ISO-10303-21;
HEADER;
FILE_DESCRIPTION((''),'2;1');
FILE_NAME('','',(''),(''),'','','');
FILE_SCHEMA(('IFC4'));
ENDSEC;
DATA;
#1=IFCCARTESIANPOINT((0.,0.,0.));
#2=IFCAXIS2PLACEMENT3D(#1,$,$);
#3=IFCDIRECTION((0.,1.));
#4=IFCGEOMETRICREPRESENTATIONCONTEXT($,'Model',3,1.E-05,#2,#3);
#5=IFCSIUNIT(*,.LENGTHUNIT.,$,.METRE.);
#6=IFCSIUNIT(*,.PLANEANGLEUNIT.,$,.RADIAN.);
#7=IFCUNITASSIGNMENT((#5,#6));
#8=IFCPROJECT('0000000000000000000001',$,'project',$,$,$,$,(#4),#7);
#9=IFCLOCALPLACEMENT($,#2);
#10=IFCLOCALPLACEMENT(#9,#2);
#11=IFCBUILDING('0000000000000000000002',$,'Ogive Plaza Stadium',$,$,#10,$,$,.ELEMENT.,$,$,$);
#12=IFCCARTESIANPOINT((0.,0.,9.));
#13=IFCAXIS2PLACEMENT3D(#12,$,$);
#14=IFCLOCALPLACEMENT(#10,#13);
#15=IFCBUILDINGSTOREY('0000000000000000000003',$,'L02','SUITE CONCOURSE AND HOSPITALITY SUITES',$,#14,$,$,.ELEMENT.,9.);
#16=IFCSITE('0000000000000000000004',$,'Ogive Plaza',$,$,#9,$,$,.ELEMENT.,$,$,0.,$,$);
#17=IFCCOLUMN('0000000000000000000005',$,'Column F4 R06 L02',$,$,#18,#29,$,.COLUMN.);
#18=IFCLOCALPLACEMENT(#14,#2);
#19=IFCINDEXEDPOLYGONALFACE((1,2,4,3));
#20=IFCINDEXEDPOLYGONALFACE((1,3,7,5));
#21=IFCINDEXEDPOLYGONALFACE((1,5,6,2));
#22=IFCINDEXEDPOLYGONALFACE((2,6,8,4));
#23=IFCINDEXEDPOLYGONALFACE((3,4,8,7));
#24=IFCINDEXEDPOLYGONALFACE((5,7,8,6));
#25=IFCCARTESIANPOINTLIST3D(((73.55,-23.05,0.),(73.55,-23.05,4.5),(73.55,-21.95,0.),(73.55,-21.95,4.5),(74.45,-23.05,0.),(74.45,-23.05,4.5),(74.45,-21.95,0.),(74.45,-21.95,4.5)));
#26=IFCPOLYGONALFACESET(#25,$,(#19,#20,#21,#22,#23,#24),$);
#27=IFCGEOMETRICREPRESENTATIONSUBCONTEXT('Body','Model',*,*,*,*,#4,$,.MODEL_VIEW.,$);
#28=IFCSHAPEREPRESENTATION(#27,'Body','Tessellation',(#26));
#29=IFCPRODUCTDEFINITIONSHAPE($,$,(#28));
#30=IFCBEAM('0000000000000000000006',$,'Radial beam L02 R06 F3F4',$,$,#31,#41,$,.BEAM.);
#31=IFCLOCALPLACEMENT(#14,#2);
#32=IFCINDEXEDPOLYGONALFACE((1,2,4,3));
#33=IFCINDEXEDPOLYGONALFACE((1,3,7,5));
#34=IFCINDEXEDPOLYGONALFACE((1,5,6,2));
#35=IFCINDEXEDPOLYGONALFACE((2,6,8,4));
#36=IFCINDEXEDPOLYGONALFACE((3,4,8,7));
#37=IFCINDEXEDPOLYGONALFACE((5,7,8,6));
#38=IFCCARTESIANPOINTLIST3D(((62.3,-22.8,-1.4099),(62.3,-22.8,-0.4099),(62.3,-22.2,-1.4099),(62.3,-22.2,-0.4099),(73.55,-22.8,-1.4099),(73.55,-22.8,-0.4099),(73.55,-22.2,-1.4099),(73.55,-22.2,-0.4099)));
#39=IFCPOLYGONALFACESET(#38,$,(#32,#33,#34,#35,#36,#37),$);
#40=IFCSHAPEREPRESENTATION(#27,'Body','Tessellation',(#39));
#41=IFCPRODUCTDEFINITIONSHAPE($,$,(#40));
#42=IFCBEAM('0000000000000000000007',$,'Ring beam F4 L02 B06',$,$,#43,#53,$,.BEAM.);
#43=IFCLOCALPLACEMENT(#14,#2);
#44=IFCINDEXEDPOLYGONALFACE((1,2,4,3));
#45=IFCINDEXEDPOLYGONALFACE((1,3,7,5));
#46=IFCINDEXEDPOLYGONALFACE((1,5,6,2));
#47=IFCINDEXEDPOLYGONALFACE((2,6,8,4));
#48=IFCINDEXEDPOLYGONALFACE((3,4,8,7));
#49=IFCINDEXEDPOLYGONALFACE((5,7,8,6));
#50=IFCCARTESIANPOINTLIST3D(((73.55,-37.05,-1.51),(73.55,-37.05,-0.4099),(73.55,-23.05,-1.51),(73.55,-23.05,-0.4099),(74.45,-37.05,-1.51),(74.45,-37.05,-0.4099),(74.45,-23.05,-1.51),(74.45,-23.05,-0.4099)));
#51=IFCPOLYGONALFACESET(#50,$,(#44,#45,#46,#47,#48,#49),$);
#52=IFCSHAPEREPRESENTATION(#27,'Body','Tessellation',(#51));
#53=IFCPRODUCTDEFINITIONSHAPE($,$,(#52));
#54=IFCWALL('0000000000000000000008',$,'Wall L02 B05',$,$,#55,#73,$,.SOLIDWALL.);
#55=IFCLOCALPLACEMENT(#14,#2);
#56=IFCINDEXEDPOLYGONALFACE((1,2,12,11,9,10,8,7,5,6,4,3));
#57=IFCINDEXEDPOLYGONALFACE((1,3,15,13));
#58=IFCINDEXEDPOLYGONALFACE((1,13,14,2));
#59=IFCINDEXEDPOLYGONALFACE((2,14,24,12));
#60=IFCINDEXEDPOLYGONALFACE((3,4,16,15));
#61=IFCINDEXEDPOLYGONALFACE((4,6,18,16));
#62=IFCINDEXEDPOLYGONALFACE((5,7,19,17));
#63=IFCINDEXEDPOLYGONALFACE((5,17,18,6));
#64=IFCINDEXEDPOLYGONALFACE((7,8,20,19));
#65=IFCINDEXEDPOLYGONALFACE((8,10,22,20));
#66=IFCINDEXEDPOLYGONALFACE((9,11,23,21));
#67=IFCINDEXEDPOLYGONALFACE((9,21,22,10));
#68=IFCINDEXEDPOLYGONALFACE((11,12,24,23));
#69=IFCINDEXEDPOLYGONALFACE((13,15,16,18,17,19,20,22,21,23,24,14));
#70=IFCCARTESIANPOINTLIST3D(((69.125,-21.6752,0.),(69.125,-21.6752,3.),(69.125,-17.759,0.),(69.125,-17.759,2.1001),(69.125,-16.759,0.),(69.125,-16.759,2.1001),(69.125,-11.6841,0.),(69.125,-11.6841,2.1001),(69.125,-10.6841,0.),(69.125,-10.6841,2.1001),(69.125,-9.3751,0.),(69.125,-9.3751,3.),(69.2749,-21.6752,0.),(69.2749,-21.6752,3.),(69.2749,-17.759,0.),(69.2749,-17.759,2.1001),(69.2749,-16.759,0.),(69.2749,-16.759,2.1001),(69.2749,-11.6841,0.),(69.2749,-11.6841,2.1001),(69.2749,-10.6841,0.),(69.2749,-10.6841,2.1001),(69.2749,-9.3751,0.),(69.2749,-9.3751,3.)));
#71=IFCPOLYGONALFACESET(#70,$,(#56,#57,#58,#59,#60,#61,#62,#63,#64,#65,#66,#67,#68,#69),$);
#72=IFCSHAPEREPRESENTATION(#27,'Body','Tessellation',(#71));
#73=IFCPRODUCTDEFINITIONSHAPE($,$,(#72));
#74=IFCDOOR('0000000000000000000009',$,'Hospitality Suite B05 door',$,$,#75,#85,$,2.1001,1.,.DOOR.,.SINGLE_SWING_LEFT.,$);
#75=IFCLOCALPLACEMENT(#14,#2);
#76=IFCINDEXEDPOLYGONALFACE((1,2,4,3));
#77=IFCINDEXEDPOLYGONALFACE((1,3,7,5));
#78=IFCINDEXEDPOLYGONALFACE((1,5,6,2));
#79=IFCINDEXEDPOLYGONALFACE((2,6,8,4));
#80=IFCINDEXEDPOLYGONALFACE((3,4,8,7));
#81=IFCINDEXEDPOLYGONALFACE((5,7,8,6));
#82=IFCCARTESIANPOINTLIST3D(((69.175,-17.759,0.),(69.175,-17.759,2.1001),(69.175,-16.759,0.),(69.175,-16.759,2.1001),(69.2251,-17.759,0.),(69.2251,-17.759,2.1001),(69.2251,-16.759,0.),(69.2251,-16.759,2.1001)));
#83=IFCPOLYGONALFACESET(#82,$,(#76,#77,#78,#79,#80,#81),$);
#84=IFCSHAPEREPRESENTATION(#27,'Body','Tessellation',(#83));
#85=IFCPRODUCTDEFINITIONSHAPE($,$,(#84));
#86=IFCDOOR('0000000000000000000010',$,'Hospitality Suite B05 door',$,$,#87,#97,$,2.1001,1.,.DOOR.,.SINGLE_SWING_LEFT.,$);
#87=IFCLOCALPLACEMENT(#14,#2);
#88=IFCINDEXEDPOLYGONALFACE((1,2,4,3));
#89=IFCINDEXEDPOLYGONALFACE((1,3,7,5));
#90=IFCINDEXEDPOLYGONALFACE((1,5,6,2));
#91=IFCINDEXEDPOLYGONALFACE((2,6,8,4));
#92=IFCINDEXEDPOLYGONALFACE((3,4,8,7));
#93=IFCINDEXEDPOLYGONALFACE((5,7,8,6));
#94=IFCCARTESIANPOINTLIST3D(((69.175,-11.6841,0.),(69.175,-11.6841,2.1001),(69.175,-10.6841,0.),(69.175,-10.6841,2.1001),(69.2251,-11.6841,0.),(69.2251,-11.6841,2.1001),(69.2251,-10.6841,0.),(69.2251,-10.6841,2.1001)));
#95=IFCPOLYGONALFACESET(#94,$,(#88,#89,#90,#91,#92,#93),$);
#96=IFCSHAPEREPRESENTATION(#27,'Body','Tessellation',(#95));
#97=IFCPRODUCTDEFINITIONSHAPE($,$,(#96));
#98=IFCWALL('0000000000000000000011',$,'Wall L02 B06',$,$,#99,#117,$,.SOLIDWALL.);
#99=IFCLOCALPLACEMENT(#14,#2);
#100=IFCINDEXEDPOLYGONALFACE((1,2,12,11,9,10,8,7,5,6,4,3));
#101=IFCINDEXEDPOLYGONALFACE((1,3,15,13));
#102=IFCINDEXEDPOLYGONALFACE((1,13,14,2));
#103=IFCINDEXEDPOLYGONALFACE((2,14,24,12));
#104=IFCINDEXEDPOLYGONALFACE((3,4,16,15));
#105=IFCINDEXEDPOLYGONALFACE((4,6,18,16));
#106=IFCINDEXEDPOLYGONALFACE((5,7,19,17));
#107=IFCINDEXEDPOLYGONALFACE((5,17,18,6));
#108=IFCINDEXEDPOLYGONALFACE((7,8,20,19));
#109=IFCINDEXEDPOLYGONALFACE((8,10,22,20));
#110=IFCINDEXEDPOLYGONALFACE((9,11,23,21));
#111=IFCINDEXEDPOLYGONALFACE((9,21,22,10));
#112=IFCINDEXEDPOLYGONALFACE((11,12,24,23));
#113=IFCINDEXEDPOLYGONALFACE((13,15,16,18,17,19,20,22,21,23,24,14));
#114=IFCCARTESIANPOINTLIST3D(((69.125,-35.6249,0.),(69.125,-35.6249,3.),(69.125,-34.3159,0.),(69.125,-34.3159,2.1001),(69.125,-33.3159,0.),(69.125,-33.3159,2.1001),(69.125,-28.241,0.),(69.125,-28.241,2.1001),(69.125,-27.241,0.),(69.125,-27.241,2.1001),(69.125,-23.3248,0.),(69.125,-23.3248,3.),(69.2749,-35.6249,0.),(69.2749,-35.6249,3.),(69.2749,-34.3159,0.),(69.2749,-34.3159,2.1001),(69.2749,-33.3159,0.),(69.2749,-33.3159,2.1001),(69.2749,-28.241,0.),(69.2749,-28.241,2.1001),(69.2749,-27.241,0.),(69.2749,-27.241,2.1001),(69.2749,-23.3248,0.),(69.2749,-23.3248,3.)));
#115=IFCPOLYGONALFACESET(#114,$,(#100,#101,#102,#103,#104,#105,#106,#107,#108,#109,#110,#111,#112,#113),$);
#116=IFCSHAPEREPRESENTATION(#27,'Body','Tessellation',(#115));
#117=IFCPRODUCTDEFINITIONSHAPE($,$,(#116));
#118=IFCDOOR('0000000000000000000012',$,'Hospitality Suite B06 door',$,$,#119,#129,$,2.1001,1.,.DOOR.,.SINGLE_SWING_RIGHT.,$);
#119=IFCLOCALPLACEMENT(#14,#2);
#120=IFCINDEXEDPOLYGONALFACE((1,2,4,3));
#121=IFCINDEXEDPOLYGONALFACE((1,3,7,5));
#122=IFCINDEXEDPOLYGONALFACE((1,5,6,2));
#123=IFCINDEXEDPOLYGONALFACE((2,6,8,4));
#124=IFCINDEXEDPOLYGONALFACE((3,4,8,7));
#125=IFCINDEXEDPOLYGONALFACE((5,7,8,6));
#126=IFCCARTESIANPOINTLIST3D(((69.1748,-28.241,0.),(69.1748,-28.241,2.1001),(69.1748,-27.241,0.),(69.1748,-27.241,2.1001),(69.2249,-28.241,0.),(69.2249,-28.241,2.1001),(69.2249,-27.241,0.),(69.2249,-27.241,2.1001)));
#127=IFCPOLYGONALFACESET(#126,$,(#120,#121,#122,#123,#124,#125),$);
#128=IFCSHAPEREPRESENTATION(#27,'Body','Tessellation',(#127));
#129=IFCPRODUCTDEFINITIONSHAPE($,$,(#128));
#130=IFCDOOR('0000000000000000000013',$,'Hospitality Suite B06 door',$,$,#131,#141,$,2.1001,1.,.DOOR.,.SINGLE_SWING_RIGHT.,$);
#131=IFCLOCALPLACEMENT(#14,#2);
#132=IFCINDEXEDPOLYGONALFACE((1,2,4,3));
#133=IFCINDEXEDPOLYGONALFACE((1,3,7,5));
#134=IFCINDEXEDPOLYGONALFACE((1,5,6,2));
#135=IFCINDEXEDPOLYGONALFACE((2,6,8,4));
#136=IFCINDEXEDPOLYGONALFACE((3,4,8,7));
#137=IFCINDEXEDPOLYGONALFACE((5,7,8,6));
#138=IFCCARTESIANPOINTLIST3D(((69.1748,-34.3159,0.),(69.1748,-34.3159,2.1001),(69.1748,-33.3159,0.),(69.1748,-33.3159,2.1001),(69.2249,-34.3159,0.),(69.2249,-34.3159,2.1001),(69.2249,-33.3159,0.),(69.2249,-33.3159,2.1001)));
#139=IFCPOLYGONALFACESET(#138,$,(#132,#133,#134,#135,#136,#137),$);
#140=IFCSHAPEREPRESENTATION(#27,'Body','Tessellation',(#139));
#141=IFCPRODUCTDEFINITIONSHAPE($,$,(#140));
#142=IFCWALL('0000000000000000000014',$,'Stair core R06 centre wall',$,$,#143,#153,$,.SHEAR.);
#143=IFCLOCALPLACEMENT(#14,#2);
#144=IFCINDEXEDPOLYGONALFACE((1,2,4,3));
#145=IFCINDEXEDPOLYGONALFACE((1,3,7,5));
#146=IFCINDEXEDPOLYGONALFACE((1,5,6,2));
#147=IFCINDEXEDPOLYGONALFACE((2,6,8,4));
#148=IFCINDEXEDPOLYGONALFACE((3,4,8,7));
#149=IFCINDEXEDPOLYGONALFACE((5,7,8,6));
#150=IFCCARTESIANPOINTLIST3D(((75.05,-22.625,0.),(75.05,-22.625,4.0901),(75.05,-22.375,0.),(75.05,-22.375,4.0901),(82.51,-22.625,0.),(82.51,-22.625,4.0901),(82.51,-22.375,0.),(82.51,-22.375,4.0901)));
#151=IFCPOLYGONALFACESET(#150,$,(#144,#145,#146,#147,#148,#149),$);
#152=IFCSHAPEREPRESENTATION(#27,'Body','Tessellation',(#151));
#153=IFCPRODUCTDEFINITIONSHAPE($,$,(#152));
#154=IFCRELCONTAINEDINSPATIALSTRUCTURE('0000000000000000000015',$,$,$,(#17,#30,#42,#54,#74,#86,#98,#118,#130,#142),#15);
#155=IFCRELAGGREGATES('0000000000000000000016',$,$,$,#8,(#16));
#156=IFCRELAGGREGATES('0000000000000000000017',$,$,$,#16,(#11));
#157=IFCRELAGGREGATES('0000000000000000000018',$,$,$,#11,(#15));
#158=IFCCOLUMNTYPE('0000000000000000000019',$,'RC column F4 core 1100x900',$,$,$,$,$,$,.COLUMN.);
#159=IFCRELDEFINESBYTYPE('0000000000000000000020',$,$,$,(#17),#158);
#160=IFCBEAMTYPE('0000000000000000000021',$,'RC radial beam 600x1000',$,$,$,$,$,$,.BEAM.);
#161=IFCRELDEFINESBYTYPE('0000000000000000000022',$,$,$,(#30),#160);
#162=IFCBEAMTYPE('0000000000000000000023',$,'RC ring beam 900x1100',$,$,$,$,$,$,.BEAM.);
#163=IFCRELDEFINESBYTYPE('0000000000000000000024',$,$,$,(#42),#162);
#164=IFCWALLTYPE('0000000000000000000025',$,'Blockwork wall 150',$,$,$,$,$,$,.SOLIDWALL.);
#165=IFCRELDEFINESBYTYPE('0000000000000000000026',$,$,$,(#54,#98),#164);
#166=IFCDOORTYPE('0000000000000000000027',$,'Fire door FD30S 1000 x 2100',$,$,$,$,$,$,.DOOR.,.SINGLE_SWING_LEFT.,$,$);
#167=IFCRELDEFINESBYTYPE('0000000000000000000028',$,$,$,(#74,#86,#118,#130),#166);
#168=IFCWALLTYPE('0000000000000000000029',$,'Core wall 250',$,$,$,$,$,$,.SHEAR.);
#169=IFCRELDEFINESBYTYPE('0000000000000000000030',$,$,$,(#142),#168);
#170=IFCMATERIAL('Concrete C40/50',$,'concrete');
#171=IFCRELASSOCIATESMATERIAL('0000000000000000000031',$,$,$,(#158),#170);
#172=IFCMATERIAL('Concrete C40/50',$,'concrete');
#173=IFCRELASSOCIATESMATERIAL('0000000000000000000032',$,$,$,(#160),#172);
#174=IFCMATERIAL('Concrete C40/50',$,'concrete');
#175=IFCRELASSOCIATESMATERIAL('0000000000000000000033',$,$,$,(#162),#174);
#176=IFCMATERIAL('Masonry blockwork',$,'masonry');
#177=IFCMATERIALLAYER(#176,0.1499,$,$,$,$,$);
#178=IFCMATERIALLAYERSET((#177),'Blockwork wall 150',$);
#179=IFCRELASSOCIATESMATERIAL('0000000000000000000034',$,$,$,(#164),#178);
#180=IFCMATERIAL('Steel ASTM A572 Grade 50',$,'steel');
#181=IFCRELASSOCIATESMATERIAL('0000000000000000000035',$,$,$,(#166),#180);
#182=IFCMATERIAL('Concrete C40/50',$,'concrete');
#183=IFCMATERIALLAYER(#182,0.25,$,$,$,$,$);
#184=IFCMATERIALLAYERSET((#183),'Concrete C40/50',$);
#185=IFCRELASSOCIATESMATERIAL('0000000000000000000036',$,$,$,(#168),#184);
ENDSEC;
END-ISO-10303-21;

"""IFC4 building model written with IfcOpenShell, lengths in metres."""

from ifc_helpers import new_model, si_unit, direction, frame, frame_2d, origin, origin_2d, place, context, subcontext, project, spatial, rectangle, extrude, material, layer, layer_set, material_profile, profile_set, type_object, element, fill, save


model = new_model("IFC4")

# Units and contexts
model_context = context("Model", 3, precision=1e-05, world=origin(), true_north=direction((0.0, 1.0)))
body_context = subcontext(model_context, "Body", "Model", "MODEL_VIEW")
ifc_project = project(units=[si_unit("LENGTHUNIT", "METRE"), si_unit("PLANEANGLEUNIT", "RADIAN")], contexts=[model_context])

# Site, building, storey
site_placement = place(None, origin())
site = spatial("IfcSite", under=ifc_project, at=site_placement, Name="Ogive Plaza", CompositionType="ELEMENT", RefElevation=0.0)
building_placement = place(site_placement, origin())
building = spatial("IfcBuilding", under=site, at=building_placement, Name="Ogive Plaza Stadium", CompositionType="ELEMENT")
storey_placement = place(building_placement, frame((0.0, 0.0, 9.0)))
storey = spatial("IfcBuildingStorey", under=building, at=storey_placement, Name="L02", Description="SUITE CONCOURSE AND HOSPITALITY SUITES", CompositionType="ELEMENT", Elevation=9.0)

# Column
ifc_material_1 = material(Name="Concrete C40/50", Category="concrete")
ifc_material_profile_1 = material_profile(ifc_material_1, rectangle(XDim=1.1001, YDim=0.8999, at=origin_2d()), Name="RC 1100x900")
ifc_profile_set_1 = profile_set([ifc_material_profile_1], Name="Concrete C40/50")
column_type = type_object("IfcColumnType", Name="RC column F4 core 1100x900", PredefinedType="COLUMN", material=ifc_profile_set_1)
column_placement = place(storey_placement, frame((74.0, -22.5, 0.0), z_axis=(0.0, 0.0, 1.0), x_axis=(0.0, 1.0, 0.0)))
element("IfcColumn", 1, at=column_placement, inside=storey, type_object=column_type, Name="Column F4 R06 L02", PredefinedType="COLUMN", context=body_context, shape_type="SweptSolid", body=[
    extrude(rectangle(XDim=1.1001, YDim=0.8999, at=origin_2d()), origin(), (0.0, 0.0, 1.0), 4.5),
])

# Beams
ifc_material_2 = material(Name="Concrete C40/50", Category="concrete")
ifc_material_profile_2 = material_profile(ifc_material_2, rectangle(XDim=0.6001, YDim=1.0, at=origin_2d()), Name="RC 600x1000")
ifc_profile_set_2 = profile_set([ifc_material_profile_2], Name="Concrete C40/50")
beam_type_1 = type_object("IfcBeamType", Name="RC radial beam 600x1000", PredefinedType="BEAM", material=ifc_profile_set_2)
beam_1_placement = place(storey_placement, frame((62.3, -22.5, -0.9099), z_axis=(1.0, 0.0, 0.0), x_axis=(0.0, 1.0, 0.0)))
element("IfcBeam", 2, at=beam_1_placement, inside=storey, type_object=beam_type_1, Name="Radial beam L02 R06 F3F4", PredefinedType="BEAM", context=body_context, shape_type="SweptSolid", body=[
    extrude(rectangle(XDim=0.6001, YDim=1.0, at=origin_2d()), origin(), (0.0, 0.0, 1.0), 11.25),
])
ifc_material_3 = material(Name="Concrete C40/50", Category="concrete")
ifc_material_profile_3 = material_profile(ifc_material_3, rectangle(XDim=0.8999, YDim=1.1001, at=origin_2d()), Name="RC 900x1100")
ifc_profile_set_3 = profile_set([ifc_material_profile_3], Name="Concrete C40/50")
beam_type_2 = type_object("IfcBeamType", Name="RC ring beam 900x1100", PredefinedType="BEAM", material=ifc_profile_set_3)
beam_2_placement = place(storey_placement, frame((74.0, -23.05, -0.96), z_axis=(0.0, -1.0, 0.0), x_axis=(1.0, 0.0, 0.0)))
element("IfcBeam", 3, at=beam_2_placement, inside=storey, type_object=beam_type_2, Name="Ring beam F4 L02 B06", PredefinedType="BEAM", context=body_context, shape_type="SweptSolid", body=[
    extrude(rectangle(XDim=0.8999, YDim=1.1001, at=origin_2d()), origin(), (0.0, 0.0, 1.0), 14.0),
])

# Walls, openings, doors
ifc_material_4 = material(Name="Masonry blockwork", Category="masonry")
ifc_layer_1 = layer(ifc_material_4, 0.1499)
ifc_layer_set_1 = layer_set([ifc_layer_1], Name="Blockwork wall 150")
wall_type_1 = type_object("IfcWallType", Name="Blockwork wall 150", PredefinedType="SOLIDWALL", material=ifc_layer_set_1)
wall_1_placement = place(storey_placement, frame((69.2, -21.675, 0.0), z_axis=(0.0, 0.0, 1.0), x_axis=(0.0, 1.0, 0.0)))
wall_1 = element("IfcWall", 4, at=wall_1_placement, inside=storey, type_object=wall_type_1, Name="Wall L02 B05", PredefinedType="SOLIDWALL", context=body_context, shape_type="SweptSolid", body=[
    extrude(rectangle(XDim=12.3, YDim=0.1499, at=frame_2d((6.1499, 0.0))), origin(), (0.0, 0.0, 1.0), 3.0),
])
opening_1_placement = place(wall_1_placement, frame((3.916, 0.0, 0.0)))
opening_1 = element("IfcOpeningElement", 5, at=opening_1_placement, cuts=wall_1, PredefinedType="OPENING", context=body_context, shape_type="SweptSolid", body=[
    extrude(rectangle(XDim=1.0, YDim=2.1001, at=frame_2d((0.5, 1.05))), frame((0.0, 0.075, 0.0), z_axis=(0.0, -1.0, 0.0), x_axis=(1.0, 0.0, 0.0)), (0.0, 0.0, 1.0), 0.1499),
])
opening_2_placement = place(wall_1_placement, frame((9.991, 0.0, 0.0)))
opening_2 = element("IfcOpeningElement", 6, at=opening_2_placement, cuts=wall_1, PredefinedType="OPENING", context=body_context, shape_type="SweptSolid", body=[
    extrude(rectangle(XDim=1.0, YDim=2.1001, at=frame_2d((0.5, 1.05))), frame((0.0, 0.075, 0.0), z_axis=(0.0, -1.0, 0.0), x_axis=(1.0, 0.0, 0.0)), (0.0, 0.0, 1.0), 0.1499),
])
ifc_material_5 = material(Name="Steel ASTM A572 Grade 50", Category="steel")
door_type_1 = type_object("IfcDoorType", Name="Fire door FD30S 1000 x 2100", OperationType="SINGLE_SWING_LEFT", PredefinedType="DOOR", material=ifc_material_5)
door_1_placement = place(opening_1_placement, origin())
door_1 = element("IfcDoor", 7, at=door_1_placement, inside=storey, type_object=door_type_1, Name="Hospitality Suite B05 door", OperationType="SINGLE_SWING_LEFT", OverallHeight=2.1001, OverallWidth=1.0, PredefinedType="DOOR", context=body_context, shape_type="SweptSolid", body=[
    extrude(rectangle(XDim=1.0, YDim=2.1001, at=frame_2d((0.5, 1.05))), frame((0.0, 0.0249, 0.0), z_axis=(0.0, -1.0, 0.0), x_axis=(1.0, 0.0, 0.0)), (0.0, 0.0, 1.0), 0.05),
])
fill(opening_1, door_1)
door_2_placement = place(opening_2_placement, origin())
door_2 = element("IfcDoor", 8, at=door_2_placement, inside=storey, type_object=door_type_1, Name="Hospitality Suite B05 door", OperationType="SINGLE_SWING_LEFT", OverallHeight=2.1001, OverallWidth=1.0, PredefinedType="DOOR", context=body_context, shape_type="SweptSolid", body=[
    extrude(rectangle(XDim=1.0, YDim=2.1001, at=frame_2d((0.5, 1.05))), frame((0.0, 0.0249, 0.0), z_axis=(0.0, -1.0, 0.0), x_axis=(1.0, 0.0, 0.0)), (0.0, 0.0, 1.0), 0.05),
])
fill(opening_2, door_2)
wall_2_placement = place(storey_placement, frame((69.2, -23.325, 0.0), z_axis=(0.0, 0.0, 1.0), x_axis=(0.0, -1.0, 0.0)))
wall_2 = element("IfcWall", 9, at=wall_2_placement, inside=storey, type_object=wall_type_1, Name="Wall L02 B06", PredefinedType="SOLIDWALL", context=body_context, shape_type="SweptSolid", body=[
    extrude(rectangle(XDim=12.3, YDim=0.1499, at=frame_2d((6.1499, 0.0))), origin(), (0.0, 0.0, 1.0), 3.0),
])
opening_3_placement = place(wall_2_placement, frame((3.916, 0.0, 0.0)))
opening_3 = element("IfcOpeningElement", 10, at=opening_3_placement, cuts=wall_2, PredefinedType="OPENING", context=body_context, shape_type="SweptSolid", body=[
    extrude(rectangle(XDim=1.0, YDim=2.1001, at=frame_2d((0.5, 1.05))), frame((0.0, 0.075, 0.0), z_axis=(0.0, -1.0, 0.0), x_axis=(1.0, 0.0, 0.0)), (0.0, 0.0, 1.0), 0.1499),
])
opening_4_placement = place(wall_2_placement, frame((9.991, 0.0, 0.0)))
opening_4 = element("IfcOpeningElement", 11, at=opening_4_placement, cuts=wall_2, PredefinedType="OPENING", context=body_context, shape_type="SweptSolid", body=[
    extrude(rectangle(XDim=1.0, YDim=2.1001, at=frame_2d((0.5, 1.05))), frame((0.0, 0.075, 0.0), z_axis=(0.0, -1.0, 0.0), x_axis=(1.0, 0.0, 0.0)), (0.0, 0.0, 1.0), 0.1499),
])
door_3_placement = place(opening_3_placement, origin())
door_3 = element("IfcDoor", 12, at=door_3_placement, inside=storey, type_object=door_type_1, Name="Hospitality Suite B06 door", OperationType="SINGLE_SWING_RIGHT", OverallHeight=2.1001, OverallWidth=1.0, PredefinedType="DOOR", context=body_context, shape_type="SweptSolid", body=[
    extrude(rectangle(XDim=1.0, YDim=2.1001, at=frame_2d((0.5, 1.05))), frame((0.0, 0.0249, 0.0), z_axis=(0.0, -1.0, 0.0), x_axis=(1.0, 0.0, 0.0)), (0.0, 0.0, 1.0), 0.05),
])
fill(opening_3, door_3)
door_4_placement = place(opening_4_placement, origin())
door_4 = element("IfcDoor", 13, at=door_4_placement, inside=storey, type_object=door_type_1, Name="Hospitality Suite B06 door", OperationType="SINGLE_SWING_RIGHT", OverallHeight=2.1001, OverallWidth=1.0, PredefinedType="DOOR", context=body_context, shape_type="SweptSolid", body=[
    extrude(rectangle(XDim=1.0, YDim=2.1001, at=frame_2d((0.5, 1.05))), frame((0.0, 0.0249, 0.0), z_axis=(0.0, -1.0, 0.0), x_axis=(1.0, 0.0, 0.0)), (0.0, 0.0, 1.0), 0.05),
])
fill(opening_4, door_4)

# Wall
ifc_material_6 = material(Name="Concrete C40/50", Category="concrete")
ifc_layer_2 = layer(ifc_material_6, 0.25)
ifc_layer_set_2 = layer_set([ifc_layer_2], Name="Concrete C40/50")
wall_type_2 = type_object("IfcWallType", Name="Core wall 250", PredefinedType="SHEAR", material=ifc_layer_set_2)
wall_3_placement = place(storey_placement, frame((75.05, -22.5, 0.0), z_axis=(0.0, 0.0, 1.0), x_axis=(1.0, 0.0, 0.0)))
element("IfcWall", 14, at=wall_3_placement, inside=storey, type_object=wall_type_2, Name="Stair core R06 centre wall", PredefinedType="SHEAR", context=body_context, shape_type="SweptSolid", body=[
    extrude(rectangle(XDim=7.46, YDim=0.25, at=frame_2d((3.73, 0.0))), origin(), (0.0, 0.0, 1.0), 4.0901),
])

save(model, "model.ifc")
